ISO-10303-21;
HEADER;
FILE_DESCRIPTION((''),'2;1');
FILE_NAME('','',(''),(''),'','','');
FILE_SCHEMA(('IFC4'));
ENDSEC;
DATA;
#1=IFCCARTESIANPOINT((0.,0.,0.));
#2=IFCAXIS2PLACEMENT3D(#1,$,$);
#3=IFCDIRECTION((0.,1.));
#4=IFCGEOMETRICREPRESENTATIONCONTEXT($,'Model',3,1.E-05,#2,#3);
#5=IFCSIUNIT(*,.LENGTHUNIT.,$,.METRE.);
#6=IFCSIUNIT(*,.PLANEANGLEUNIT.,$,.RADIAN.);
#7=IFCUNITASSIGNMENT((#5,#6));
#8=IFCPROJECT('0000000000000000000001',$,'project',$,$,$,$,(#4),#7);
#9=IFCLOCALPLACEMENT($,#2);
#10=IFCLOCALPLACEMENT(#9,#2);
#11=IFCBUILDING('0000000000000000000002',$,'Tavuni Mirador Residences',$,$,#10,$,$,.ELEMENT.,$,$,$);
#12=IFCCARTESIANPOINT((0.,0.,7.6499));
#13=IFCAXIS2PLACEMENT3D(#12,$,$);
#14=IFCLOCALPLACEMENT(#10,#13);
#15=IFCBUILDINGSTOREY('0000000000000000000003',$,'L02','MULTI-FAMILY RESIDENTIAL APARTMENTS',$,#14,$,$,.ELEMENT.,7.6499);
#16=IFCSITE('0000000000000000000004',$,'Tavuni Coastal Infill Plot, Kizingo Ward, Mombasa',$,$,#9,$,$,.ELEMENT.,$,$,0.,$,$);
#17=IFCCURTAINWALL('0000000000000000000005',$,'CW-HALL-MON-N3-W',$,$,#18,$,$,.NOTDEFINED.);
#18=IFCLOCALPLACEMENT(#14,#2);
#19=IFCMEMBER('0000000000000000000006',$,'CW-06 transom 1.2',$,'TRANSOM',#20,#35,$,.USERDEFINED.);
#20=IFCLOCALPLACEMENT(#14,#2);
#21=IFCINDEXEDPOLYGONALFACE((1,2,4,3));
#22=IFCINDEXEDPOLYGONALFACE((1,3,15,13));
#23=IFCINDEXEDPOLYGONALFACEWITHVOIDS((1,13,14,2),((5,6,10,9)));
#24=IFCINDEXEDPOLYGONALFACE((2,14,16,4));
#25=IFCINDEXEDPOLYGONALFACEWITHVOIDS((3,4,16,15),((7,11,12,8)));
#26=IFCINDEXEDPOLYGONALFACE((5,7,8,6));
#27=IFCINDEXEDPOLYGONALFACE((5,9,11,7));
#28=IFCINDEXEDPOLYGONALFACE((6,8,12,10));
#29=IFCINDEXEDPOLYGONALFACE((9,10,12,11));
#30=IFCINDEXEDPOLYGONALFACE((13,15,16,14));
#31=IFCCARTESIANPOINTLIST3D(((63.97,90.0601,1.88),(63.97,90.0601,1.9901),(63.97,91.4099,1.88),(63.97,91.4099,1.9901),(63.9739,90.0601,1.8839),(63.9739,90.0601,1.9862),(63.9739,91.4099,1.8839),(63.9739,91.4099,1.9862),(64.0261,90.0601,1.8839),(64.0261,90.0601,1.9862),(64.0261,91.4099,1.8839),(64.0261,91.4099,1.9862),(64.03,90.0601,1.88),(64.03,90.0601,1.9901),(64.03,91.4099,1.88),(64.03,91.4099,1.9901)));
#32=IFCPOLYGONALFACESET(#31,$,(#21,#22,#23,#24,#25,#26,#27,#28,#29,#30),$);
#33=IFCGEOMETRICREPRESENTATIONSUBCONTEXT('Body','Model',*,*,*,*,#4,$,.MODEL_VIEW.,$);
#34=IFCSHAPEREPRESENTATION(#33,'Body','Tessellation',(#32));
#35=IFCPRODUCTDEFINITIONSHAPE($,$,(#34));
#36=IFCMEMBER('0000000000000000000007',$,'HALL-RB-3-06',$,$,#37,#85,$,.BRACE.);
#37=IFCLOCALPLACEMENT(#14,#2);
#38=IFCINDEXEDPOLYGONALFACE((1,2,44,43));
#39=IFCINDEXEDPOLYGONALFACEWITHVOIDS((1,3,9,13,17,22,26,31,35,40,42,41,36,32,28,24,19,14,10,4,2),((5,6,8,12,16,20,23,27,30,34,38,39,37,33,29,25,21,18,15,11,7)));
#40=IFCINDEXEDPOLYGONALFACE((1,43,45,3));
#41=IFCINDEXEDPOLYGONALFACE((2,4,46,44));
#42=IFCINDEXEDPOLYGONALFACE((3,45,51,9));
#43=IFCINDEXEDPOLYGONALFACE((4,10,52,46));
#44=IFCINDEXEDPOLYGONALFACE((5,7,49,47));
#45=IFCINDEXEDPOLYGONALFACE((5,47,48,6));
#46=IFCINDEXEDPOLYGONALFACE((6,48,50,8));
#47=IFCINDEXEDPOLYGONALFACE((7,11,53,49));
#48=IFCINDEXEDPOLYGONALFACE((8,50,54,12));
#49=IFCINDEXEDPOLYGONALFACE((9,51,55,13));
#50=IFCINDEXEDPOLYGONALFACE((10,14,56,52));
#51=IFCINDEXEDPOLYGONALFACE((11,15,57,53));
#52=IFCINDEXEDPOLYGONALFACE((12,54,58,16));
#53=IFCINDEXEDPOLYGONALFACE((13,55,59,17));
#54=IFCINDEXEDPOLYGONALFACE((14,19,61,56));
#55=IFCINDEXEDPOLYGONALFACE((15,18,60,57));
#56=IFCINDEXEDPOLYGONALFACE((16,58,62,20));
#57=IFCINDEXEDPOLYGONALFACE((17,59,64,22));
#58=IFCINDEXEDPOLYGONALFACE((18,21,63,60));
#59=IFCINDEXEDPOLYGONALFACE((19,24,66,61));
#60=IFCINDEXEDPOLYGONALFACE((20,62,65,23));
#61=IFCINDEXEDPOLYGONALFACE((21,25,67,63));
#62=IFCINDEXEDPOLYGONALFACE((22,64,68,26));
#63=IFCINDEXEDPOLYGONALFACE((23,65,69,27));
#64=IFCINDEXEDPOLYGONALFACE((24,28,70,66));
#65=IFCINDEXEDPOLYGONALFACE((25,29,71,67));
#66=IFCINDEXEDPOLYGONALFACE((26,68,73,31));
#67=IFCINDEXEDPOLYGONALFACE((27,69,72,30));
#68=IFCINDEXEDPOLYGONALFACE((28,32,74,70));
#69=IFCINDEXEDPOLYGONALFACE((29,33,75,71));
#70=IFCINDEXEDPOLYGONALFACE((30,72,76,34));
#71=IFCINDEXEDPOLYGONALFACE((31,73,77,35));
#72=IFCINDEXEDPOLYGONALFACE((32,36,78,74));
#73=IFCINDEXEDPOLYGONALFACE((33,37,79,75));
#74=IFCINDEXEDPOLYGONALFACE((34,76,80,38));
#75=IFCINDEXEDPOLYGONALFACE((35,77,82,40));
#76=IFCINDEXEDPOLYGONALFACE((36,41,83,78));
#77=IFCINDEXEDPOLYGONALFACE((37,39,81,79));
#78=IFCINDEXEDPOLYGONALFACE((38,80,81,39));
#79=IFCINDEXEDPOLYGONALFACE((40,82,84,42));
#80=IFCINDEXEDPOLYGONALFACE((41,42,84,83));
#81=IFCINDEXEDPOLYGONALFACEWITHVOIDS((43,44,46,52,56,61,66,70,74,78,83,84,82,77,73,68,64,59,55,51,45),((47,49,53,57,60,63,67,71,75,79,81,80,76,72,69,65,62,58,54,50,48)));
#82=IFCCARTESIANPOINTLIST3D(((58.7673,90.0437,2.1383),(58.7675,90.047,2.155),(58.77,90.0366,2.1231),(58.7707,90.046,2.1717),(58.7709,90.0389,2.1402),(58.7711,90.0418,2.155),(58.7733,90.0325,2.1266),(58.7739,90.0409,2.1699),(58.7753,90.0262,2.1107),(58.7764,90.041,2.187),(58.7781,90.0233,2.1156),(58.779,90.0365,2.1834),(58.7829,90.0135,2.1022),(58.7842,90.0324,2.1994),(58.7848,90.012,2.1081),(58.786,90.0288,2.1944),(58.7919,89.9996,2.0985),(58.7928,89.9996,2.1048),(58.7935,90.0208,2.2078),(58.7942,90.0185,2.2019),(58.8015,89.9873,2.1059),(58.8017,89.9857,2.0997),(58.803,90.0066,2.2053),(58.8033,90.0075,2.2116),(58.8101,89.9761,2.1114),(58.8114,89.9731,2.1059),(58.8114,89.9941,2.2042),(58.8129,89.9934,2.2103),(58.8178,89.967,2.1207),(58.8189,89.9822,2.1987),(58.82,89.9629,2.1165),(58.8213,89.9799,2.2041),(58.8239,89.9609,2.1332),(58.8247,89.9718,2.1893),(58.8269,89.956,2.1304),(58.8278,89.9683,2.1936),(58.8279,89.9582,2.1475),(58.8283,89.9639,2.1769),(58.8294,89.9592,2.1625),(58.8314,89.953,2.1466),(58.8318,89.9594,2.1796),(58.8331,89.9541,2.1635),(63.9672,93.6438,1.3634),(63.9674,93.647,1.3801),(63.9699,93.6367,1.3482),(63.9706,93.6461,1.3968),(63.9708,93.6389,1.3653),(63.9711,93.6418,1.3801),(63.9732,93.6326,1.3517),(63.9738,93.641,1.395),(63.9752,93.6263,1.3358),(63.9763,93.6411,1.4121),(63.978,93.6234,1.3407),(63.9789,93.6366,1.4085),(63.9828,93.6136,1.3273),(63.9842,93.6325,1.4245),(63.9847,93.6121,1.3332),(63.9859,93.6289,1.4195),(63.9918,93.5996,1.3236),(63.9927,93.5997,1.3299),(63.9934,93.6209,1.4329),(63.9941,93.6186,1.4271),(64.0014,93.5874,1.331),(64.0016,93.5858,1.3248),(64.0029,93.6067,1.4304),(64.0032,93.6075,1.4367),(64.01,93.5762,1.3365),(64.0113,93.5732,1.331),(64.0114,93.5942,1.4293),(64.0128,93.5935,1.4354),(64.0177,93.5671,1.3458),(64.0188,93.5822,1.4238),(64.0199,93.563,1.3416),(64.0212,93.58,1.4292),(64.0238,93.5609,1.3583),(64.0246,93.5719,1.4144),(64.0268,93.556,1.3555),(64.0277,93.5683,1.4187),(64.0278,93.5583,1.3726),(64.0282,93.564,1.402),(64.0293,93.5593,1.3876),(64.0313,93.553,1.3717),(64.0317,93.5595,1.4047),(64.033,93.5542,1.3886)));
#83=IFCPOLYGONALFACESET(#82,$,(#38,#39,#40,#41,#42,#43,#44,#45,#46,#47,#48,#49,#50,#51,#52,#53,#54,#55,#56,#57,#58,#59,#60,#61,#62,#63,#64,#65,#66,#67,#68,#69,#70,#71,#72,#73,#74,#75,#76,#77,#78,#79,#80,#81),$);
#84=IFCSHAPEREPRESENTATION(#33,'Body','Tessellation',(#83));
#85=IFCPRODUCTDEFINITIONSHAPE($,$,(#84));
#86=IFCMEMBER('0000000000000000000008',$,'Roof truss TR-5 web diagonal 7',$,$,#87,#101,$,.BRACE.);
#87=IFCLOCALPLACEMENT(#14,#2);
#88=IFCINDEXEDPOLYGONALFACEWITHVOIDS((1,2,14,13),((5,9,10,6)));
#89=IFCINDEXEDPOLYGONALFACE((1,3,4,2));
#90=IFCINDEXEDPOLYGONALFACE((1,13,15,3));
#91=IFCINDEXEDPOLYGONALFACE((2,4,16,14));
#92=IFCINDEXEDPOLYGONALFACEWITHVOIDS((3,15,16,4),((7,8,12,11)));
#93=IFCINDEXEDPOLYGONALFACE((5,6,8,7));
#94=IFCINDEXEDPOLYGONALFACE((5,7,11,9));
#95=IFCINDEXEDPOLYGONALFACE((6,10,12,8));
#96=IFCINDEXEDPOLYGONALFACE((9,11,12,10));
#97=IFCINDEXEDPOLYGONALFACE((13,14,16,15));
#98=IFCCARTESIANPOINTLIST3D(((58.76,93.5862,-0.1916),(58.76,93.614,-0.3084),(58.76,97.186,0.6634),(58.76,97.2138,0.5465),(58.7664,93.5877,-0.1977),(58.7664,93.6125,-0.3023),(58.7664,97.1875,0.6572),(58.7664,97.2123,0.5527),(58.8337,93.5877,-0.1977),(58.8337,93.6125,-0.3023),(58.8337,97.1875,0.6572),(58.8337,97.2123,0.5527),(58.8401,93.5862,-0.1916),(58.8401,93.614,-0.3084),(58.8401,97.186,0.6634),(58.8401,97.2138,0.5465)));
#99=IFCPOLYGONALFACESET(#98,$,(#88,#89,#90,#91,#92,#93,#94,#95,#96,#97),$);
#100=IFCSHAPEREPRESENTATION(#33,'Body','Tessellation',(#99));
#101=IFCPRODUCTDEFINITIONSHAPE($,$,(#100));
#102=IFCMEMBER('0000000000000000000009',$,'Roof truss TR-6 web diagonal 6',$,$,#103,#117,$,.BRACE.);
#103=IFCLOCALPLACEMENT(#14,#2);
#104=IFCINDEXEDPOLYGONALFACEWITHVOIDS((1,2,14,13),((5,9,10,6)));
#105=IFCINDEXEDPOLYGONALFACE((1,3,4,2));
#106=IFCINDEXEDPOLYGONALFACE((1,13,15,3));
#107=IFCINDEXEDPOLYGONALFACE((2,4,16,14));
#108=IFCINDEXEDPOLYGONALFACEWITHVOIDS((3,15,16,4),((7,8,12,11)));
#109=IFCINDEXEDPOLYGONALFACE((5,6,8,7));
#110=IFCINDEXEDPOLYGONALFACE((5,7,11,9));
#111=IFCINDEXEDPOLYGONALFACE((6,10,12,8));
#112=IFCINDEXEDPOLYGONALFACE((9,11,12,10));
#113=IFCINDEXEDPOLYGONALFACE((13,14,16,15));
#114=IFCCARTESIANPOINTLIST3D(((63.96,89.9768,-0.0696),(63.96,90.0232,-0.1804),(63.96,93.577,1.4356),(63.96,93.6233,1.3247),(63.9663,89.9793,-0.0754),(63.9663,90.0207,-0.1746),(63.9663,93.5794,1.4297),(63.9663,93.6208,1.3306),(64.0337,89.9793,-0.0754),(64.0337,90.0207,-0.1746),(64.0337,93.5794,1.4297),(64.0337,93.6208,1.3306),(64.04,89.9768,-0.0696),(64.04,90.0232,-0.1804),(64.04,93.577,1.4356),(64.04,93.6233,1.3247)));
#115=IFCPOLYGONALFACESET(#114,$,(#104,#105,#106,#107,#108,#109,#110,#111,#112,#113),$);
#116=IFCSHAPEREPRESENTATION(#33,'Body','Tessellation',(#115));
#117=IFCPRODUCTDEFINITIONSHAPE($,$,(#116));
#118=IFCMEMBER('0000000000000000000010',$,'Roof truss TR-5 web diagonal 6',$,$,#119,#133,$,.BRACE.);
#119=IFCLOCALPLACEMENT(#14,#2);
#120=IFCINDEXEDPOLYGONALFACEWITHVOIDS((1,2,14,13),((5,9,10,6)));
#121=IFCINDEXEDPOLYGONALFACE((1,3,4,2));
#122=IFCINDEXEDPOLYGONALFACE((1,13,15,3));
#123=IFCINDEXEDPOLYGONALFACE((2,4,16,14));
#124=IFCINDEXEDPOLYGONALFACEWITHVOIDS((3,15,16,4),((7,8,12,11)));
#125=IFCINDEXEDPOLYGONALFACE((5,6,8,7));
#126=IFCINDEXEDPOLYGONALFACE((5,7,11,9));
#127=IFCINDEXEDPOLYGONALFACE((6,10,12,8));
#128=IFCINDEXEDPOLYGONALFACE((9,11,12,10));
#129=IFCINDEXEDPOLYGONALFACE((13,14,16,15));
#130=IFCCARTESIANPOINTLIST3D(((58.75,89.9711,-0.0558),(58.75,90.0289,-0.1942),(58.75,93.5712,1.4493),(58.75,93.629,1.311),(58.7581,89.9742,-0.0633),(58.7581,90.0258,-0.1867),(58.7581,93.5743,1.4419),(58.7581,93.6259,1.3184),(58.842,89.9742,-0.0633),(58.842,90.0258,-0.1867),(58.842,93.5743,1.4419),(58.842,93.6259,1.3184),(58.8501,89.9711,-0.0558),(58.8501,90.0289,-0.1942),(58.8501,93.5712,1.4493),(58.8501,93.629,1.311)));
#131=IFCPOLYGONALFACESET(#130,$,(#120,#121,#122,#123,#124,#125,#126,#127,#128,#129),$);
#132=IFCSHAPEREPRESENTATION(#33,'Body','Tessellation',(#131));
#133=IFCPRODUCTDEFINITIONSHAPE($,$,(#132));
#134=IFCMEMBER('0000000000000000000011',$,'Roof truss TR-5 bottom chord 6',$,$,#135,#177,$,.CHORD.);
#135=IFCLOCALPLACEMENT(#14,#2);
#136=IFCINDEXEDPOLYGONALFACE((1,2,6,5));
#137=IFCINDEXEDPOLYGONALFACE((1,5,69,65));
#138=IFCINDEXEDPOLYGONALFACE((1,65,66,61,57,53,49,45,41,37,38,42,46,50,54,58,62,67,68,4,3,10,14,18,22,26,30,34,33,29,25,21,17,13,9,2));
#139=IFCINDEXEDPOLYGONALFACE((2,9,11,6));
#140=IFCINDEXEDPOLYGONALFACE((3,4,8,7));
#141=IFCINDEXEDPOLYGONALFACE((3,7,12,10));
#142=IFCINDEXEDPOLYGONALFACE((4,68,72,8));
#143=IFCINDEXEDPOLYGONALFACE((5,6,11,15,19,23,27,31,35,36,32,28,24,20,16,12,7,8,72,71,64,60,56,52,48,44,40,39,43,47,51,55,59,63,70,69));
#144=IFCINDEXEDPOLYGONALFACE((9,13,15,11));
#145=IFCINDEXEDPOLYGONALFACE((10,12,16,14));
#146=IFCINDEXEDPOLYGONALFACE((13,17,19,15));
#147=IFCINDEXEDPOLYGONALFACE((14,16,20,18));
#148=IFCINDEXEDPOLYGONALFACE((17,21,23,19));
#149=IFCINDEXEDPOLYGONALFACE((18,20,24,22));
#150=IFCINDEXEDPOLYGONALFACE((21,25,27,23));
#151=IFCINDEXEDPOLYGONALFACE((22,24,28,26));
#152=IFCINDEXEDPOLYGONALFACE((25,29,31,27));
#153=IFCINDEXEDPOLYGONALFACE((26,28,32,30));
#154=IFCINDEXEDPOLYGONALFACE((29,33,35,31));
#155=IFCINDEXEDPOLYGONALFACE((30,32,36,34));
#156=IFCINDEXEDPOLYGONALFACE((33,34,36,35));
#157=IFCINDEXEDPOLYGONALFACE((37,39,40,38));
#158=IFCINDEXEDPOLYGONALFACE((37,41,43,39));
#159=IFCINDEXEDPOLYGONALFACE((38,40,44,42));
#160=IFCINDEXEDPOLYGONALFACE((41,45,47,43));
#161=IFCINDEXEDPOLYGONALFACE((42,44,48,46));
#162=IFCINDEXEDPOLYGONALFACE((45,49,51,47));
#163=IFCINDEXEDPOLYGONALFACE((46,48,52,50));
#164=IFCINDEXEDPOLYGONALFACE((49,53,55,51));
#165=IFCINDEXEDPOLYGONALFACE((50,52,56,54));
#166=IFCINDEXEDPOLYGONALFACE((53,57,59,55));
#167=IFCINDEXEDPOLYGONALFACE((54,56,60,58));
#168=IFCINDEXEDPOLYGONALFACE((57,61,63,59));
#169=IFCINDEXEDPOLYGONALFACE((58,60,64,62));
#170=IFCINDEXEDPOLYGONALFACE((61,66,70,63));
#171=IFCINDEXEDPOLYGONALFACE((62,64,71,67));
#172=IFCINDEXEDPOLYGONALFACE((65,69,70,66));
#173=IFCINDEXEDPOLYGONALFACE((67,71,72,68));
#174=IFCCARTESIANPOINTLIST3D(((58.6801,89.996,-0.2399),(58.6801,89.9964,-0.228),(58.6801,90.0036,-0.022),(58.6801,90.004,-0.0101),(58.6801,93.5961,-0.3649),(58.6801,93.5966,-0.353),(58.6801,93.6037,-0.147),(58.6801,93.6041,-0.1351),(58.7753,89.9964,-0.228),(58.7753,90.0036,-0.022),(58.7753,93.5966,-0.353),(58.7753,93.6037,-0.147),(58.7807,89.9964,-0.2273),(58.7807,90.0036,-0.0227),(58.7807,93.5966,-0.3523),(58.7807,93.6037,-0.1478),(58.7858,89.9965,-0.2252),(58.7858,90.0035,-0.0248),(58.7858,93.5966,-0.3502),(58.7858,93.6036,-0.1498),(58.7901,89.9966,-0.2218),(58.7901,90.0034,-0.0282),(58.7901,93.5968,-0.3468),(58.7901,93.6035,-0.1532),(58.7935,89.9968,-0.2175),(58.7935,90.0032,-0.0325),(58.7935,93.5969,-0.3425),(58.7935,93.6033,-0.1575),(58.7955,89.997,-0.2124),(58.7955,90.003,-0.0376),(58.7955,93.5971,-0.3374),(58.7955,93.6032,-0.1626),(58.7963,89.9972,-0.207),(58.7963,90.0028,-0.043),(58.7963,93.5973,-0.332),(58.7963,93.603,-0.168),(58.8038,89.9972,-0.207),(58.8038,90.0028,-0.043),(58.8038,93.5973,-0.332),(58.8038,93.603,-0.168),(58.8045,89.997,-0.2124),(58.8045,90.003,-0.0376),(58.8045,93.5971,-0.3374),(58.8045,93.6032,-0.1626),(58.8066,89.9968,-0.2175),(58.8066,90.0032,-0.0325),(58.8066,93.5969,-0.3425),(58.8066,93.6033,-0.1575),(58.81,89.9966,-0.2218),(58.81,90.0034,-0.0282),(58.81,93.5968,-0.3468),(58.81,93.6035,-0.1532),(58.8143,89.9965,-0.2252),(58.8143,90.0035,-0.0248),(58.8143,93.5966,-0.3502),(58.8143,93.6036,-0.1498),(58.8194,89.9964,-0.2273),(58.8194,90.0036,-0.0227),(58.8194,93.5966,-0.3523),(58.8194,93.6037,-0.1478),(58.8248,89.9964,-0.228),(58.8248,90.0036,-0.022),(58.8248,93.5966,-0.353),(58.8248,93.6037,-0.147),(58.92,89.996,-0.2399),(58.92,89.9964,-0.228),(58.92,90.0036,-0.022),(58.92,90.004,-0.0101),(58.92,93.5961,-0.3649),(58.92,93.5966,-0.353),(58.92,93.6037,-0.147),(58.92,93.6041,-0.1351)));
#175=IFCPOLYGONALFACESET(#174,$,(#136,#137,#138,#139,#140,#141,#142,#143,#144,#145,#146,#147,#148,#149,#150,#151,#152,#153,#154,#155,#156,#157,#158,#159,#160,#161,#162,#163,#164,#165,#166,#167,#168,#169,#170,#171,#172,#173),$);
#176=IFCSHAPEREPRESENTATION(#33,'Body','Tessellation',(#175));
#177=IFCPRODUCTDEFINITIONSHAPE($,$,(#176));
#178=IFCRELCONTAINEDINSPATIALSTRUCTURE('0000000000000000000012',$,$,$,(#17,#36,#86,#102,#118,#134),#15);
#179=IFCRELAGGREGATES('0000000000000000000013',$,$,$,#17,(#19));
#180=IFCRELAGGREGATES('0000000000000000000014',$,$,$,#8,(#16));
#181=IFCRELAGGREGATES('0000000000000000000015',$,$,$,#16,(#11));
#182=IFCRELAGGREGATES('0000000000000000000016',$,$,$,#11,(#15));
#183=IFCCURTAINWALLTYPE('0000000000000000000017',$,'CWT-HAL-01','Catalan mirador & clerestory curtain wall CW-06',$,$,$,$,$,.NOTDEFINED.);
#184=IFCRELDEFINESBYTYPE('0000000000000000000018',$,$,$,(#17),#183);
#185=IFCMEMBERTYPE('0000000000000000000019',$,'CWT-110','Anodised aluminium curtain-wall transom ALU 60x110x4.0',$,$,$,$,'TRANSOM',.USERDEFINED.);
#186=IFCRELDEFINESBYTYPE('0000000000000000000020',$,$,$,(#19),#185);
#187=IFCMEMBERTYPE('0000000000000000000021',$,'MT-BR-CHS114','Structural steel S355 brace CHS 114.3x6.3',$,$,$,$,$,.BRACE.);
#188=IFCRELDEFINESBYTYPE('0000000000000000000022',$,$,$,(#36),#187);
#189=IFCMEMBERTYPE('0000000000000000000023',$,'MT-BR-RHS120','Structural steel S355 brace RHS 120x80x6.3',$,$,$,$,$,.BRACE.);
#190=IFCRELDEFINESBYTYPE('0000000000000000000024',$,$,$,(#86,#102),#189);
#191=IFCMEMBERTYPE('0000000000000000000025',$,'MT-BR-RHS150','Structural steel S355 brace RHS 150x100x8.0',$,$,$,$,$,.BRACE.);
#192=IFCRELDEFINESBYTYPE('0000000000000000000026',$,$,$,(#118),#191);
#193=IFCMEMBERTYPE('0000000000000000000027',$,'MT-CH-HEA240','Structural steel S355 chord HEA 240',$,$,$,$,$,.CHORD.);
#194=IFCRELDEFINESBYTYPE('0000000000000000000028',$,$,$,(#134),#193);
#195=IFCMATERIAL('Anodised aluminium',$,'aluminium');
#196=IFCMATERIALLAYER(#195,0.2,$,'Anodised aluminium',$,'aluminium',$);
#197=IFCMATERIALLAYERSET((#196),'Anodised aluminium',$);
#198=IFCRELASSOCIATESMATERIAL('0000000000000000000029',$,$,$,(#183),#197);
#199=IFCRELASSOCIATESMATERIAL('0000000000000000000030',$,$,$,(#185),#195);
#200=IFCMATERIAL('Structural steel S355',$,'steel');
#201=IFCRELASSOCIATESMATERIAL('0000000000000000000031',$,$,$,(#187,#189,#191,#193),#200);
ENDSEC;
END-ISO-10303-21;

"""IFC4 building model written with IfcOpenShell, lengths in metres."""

from ifc_helpers import new_model, si_unit, direction, frame, origin, origin_2d, place, context, subcontext, project, spatial, hollow_rectangle, hollow_circle, i_section, extrude, material, layer, layer_set, material_profile, profile_set, type_object, element, aggregate, save


model = new_model("IFC4")

# Units and contexts
model_context = context("Model", 3, precision=1e-05, world=origin(), true_north=direction((0.0, 1.0)))
body_context = subcontext(model_context, "Body", "Model", "MODEL_VIEW")
ifc_project = project(units=[si_unit("LENGTHUNIT", "METRE"), si_unit("PLANEANGLEUNIT", "RADIAN")], contexts=[model_context])

# Site, building, storey
site_placement = place(None, origin())
site = spatial("IfcSite", under=ifc_project, at=site_placement, Name="Tavuni Coastal Infill Plot, Kizingo Ward, Mombasa", CompositionType="ELEMENT", RefElevation=0.0)
building_placement = place(site_placement, origin())
building = spatial("IfcBuilding", under=site, at=building_placement, Name="Tavuni Mirador Residences", CompositionType="ELEMENT")
storey_placement = place(building_placement, frame((0.0, 0.0, 7.6499)))
storey = spatial("IfcBuildingStorey", under=building, at=storey_placement, Name="L02", Description="MULTI-FAMILY RESIDENTIAL APARTMENTS", CompositionType="ELEMENT", Elevation=7.6499)

# Shared definitions
ifc_material_1 = material(Name="Anodised aluminium", Category="aluminium")
ifc_layer_1 = layer(ifc_material_1, 0.2, Name="Anodised aluminium", Category="aluminium")
ifc_layer_set_1 = layer_set([ifc_layer_1], Name="Anodised aluminium")
curtain_wall_type = type_object("IfcCurtainWallType", Name="CWT-HAL-01", Description="Catalan mirador & clerestory curtain wall CW-06", PredefinedType="NOTDEFINED", material=ifc_layer_set_1)

# Curtain wall
curtain_wall_1_placement = place(storey_placement, origin())
curtain_wall_1 = element("IfcCurtainWall", 1, at=curtain_wall_1_placement, inside=storey, type_object=curtain_wall_type, Name="CW-HALL-MON-N3-W", PredefinedType="NOTDEFINED")

# Member
ifc_material_profile_1 = material_profile(ifc_material_1, hollow_rectangle(XDim=0.0601, YDim=0.1101, WallThickness=0.0039, at=origin_2d()), Name="ALU 60x110x4.0", Category="aluminium")
ifc_profile_set_1 = profile_set([ifc_material_profile_1], Name="Anodised aluminium")
member_type_1 = type_object("IfcMemberType", Name="CWT-110", Description="Anodised aluminium curtain-wall transom ALU 60x110x4.0", ElementType="TRANSOM", PredefinedType="USERDEFINED", material=ifc_profile_set_1)
member_1_placement = place(storey_placement, frame((64.0, 90.0601, 1.9351), z_axis=(0.0, 1.0, 0.0), x_axis=(-1.0, 0.0, 0.0)))
member_1 = element("IfcMember", 2, at=member_1_placement, type_object=member_type_1, Name="CW-06 transom 1.2", ObjectType="TRANSOM", PredefinedType="USERDEFINED", context=body_context, shape_type="SweptSolid", body=[
    extrude(hollow_rectangle(XDim=0.0601, YDim=0.1101, WallThickness=0.0039, at=origin_2d()), origin(), (0.0, 0.0, 1.0), 1.3499),
])

# Members
ifc_material_2 = material(Name="Structural steel S355", Category="steel")
ifc_material_profile_2 = material_profile(ifc_material_2, hollow_circle(Radius=0.0571, WallThickness=0.0063, at=origin_2d()), Name="CHS 114.3x6.3", Category="steel")
ifc_profile_set_2 = profile_set([ifc_material_profile_2], Name="Structural steel S355")
member_type_2 = type_object("IfcMemberType", Name="MT-BR-CHS114", Description="Structural steel S355 brace CHS 114.3x6.3", PredefinedType="BRACE", material=ifc_profile_set_2)
member_2_placement = place(storey_placement, frame((58.8, 90.0, 2.155), z_axis=(0.81608, 0.564999, -0.121613), x_axis=(-0.569224, 0.822182, 0.0)))
element("IfcMember", 3, at=member_2_placement, inside=storey, type_object=member_type_2, Name="HALL-RB-3-06", PredefinedType="BRACE", context=body_context, shape_type="SweptSolid", body=[
    extrude(hollow_circle(Radius=0.0571, WallThickness=0.0063, at=origin_2d()), origin(), (0.0, 0.0, 1.0), 6.3718),
])
ifc_material_profile_3 = material_profile(ifc_material_2, hollow_rectangle(XDim=0.0801, YDim=0.1201, WallThickness=0.0063, at=origin_2d()), Name="RHS 120x80x6.3", Category="steel")
ifc_profile_set_3 = profile_set([ifc_material_profile_3], Name="Structural steel S355")
member_type_3 = type_object("IfcMemberType", Name="MT-BR-RHS120", Description="Structural steel S355 brace RHS 120x80x6.3", PredefinedType="BRACE", material=ifc_profile_set_3)
member_3_placement = place(storey_placement, frame((58.8, 93.6001, -0.25), z_axis=(0.0, 0.972936, 0.231076), x_axis=(-1.0, 0.0, 0.0)))
element("IfcMember", 4, at=member_3_placement, inside=storey, type_object=member_type_3, Name="Roof truss TR-5 web diagonal 7", PredefinedType="BRACE", context=body_context, shape_type="SweptSolid", body=[
    extrude(hollow_rectangle(XDim=0.0801, YDim=0.1201, WallThickness=0.0063, at=origin_2d()), origin(), (0.0, 0.0, 1.0), 3.7),
])
member_4_placement = place(storey_placement, frame((64.0, 90.0, -0.125), z_axis=(0.0, 0.922613, 0.385726), x_axis=(-1.0, 0.0, 0.0)))
element("IfcMember", 5, at=member_4_placement, inside=storey, type_object=member_type_3, Name="Roof truss TR-6 web diagonal 6", PredefinedType="BRACE", context=body_context, shape_type="SweptSolid", body=[
    extrude(hollow_rectangle(XDim=0.0801, YDim=0.1201, WallThickness=0.0063, at=origin_2d()), origin(), (0.0, 0.0, 1.0), 3.9021),
])
ifc_material_profile_4 = material_profile(ifc_material_2, hollow_rectangle(XDim=0.1001, YDim=0.1499, WallThickness=0.0081, at=origin_2d()), Name="RHS 150x100x8.0", Category="steel")
ifc_profile_set_4 = profile_set([ifc_material_profile_4], Name="Structural steel S355")
member_type_4 = type_object("IfcMemberType", Name="MT-BR-RHS150", Description="Structural steel S355 brace RHS 150x100x8.0", PredefinedType="BRACE", material=ifc_profile_set_4)
member_5_placement = place(storey_placement, frame((58.8, 90.0, -0.125), z_axis=(0.0, 0.922613, 0.385726), x_axis=(-1.0, 0.0, 0.0)))
element("IfcMember", 6, at=member_5_placement, inside=storey, type_object=member_type_4, Name="Roof truss TR-5 web diagonal 6", PredefinedType="BRACE", context=body_context, shape_type="SweptSolid", body=[
    extrude(hollow_rectangle(XDim=0.1001, YDim=0.1499, WallThickness=0.0081, at=origin_2d()), origin(), (0.0, 0.0, 1.0), 3.9021),
])
ifc_material_profile_5 = material_profile(ifc_material_2, i_section(OverallWidth=0.24, OverallDepth=0.23, WebThickness=0.0076, FlangeThickness=0.012, FilletRadius=0.021, at=origin_2d()), Name="HEA 240", Category="steel")
ifc_profile_set_5 = profile_set([ifc_material_profile_5], Name="Structural steel S355")
member_type_5 = type_object("IfcMemberType", Name="MT-CH-HEA240", Description="Structural steel S355 chord HEA 240", PredefinedType="CHORD", material=ifc_profile_set_5)
member_6_placement = place(storey_placement, frame((58.8, 90.0, -0.125), z_axis=(0.0, 0.999398, -0.0347), x_axis=(-1.0, 0.0, 0.0)))
element("IfcMember", 7, at=member_6_placement, inside=storey, type_object=member_type_5, Name="Roof truss TR-5 bottom chord 6", PredefinedType="CHORD", context=body_context, shape_type="SweptSolid", body=[
    extrude(i_section(OverallWidth=0.24, OverallDepth=0.23, WebThickness=0.0076, FlangeThickness=0.012, FilletRadius=0.021, at=origin_2d()), origin(), (0.0, 0.0, 1.0), 3.6023),
])

aggregate(curtain_wall_1, [member_1])

save(model, "model.ifc")
